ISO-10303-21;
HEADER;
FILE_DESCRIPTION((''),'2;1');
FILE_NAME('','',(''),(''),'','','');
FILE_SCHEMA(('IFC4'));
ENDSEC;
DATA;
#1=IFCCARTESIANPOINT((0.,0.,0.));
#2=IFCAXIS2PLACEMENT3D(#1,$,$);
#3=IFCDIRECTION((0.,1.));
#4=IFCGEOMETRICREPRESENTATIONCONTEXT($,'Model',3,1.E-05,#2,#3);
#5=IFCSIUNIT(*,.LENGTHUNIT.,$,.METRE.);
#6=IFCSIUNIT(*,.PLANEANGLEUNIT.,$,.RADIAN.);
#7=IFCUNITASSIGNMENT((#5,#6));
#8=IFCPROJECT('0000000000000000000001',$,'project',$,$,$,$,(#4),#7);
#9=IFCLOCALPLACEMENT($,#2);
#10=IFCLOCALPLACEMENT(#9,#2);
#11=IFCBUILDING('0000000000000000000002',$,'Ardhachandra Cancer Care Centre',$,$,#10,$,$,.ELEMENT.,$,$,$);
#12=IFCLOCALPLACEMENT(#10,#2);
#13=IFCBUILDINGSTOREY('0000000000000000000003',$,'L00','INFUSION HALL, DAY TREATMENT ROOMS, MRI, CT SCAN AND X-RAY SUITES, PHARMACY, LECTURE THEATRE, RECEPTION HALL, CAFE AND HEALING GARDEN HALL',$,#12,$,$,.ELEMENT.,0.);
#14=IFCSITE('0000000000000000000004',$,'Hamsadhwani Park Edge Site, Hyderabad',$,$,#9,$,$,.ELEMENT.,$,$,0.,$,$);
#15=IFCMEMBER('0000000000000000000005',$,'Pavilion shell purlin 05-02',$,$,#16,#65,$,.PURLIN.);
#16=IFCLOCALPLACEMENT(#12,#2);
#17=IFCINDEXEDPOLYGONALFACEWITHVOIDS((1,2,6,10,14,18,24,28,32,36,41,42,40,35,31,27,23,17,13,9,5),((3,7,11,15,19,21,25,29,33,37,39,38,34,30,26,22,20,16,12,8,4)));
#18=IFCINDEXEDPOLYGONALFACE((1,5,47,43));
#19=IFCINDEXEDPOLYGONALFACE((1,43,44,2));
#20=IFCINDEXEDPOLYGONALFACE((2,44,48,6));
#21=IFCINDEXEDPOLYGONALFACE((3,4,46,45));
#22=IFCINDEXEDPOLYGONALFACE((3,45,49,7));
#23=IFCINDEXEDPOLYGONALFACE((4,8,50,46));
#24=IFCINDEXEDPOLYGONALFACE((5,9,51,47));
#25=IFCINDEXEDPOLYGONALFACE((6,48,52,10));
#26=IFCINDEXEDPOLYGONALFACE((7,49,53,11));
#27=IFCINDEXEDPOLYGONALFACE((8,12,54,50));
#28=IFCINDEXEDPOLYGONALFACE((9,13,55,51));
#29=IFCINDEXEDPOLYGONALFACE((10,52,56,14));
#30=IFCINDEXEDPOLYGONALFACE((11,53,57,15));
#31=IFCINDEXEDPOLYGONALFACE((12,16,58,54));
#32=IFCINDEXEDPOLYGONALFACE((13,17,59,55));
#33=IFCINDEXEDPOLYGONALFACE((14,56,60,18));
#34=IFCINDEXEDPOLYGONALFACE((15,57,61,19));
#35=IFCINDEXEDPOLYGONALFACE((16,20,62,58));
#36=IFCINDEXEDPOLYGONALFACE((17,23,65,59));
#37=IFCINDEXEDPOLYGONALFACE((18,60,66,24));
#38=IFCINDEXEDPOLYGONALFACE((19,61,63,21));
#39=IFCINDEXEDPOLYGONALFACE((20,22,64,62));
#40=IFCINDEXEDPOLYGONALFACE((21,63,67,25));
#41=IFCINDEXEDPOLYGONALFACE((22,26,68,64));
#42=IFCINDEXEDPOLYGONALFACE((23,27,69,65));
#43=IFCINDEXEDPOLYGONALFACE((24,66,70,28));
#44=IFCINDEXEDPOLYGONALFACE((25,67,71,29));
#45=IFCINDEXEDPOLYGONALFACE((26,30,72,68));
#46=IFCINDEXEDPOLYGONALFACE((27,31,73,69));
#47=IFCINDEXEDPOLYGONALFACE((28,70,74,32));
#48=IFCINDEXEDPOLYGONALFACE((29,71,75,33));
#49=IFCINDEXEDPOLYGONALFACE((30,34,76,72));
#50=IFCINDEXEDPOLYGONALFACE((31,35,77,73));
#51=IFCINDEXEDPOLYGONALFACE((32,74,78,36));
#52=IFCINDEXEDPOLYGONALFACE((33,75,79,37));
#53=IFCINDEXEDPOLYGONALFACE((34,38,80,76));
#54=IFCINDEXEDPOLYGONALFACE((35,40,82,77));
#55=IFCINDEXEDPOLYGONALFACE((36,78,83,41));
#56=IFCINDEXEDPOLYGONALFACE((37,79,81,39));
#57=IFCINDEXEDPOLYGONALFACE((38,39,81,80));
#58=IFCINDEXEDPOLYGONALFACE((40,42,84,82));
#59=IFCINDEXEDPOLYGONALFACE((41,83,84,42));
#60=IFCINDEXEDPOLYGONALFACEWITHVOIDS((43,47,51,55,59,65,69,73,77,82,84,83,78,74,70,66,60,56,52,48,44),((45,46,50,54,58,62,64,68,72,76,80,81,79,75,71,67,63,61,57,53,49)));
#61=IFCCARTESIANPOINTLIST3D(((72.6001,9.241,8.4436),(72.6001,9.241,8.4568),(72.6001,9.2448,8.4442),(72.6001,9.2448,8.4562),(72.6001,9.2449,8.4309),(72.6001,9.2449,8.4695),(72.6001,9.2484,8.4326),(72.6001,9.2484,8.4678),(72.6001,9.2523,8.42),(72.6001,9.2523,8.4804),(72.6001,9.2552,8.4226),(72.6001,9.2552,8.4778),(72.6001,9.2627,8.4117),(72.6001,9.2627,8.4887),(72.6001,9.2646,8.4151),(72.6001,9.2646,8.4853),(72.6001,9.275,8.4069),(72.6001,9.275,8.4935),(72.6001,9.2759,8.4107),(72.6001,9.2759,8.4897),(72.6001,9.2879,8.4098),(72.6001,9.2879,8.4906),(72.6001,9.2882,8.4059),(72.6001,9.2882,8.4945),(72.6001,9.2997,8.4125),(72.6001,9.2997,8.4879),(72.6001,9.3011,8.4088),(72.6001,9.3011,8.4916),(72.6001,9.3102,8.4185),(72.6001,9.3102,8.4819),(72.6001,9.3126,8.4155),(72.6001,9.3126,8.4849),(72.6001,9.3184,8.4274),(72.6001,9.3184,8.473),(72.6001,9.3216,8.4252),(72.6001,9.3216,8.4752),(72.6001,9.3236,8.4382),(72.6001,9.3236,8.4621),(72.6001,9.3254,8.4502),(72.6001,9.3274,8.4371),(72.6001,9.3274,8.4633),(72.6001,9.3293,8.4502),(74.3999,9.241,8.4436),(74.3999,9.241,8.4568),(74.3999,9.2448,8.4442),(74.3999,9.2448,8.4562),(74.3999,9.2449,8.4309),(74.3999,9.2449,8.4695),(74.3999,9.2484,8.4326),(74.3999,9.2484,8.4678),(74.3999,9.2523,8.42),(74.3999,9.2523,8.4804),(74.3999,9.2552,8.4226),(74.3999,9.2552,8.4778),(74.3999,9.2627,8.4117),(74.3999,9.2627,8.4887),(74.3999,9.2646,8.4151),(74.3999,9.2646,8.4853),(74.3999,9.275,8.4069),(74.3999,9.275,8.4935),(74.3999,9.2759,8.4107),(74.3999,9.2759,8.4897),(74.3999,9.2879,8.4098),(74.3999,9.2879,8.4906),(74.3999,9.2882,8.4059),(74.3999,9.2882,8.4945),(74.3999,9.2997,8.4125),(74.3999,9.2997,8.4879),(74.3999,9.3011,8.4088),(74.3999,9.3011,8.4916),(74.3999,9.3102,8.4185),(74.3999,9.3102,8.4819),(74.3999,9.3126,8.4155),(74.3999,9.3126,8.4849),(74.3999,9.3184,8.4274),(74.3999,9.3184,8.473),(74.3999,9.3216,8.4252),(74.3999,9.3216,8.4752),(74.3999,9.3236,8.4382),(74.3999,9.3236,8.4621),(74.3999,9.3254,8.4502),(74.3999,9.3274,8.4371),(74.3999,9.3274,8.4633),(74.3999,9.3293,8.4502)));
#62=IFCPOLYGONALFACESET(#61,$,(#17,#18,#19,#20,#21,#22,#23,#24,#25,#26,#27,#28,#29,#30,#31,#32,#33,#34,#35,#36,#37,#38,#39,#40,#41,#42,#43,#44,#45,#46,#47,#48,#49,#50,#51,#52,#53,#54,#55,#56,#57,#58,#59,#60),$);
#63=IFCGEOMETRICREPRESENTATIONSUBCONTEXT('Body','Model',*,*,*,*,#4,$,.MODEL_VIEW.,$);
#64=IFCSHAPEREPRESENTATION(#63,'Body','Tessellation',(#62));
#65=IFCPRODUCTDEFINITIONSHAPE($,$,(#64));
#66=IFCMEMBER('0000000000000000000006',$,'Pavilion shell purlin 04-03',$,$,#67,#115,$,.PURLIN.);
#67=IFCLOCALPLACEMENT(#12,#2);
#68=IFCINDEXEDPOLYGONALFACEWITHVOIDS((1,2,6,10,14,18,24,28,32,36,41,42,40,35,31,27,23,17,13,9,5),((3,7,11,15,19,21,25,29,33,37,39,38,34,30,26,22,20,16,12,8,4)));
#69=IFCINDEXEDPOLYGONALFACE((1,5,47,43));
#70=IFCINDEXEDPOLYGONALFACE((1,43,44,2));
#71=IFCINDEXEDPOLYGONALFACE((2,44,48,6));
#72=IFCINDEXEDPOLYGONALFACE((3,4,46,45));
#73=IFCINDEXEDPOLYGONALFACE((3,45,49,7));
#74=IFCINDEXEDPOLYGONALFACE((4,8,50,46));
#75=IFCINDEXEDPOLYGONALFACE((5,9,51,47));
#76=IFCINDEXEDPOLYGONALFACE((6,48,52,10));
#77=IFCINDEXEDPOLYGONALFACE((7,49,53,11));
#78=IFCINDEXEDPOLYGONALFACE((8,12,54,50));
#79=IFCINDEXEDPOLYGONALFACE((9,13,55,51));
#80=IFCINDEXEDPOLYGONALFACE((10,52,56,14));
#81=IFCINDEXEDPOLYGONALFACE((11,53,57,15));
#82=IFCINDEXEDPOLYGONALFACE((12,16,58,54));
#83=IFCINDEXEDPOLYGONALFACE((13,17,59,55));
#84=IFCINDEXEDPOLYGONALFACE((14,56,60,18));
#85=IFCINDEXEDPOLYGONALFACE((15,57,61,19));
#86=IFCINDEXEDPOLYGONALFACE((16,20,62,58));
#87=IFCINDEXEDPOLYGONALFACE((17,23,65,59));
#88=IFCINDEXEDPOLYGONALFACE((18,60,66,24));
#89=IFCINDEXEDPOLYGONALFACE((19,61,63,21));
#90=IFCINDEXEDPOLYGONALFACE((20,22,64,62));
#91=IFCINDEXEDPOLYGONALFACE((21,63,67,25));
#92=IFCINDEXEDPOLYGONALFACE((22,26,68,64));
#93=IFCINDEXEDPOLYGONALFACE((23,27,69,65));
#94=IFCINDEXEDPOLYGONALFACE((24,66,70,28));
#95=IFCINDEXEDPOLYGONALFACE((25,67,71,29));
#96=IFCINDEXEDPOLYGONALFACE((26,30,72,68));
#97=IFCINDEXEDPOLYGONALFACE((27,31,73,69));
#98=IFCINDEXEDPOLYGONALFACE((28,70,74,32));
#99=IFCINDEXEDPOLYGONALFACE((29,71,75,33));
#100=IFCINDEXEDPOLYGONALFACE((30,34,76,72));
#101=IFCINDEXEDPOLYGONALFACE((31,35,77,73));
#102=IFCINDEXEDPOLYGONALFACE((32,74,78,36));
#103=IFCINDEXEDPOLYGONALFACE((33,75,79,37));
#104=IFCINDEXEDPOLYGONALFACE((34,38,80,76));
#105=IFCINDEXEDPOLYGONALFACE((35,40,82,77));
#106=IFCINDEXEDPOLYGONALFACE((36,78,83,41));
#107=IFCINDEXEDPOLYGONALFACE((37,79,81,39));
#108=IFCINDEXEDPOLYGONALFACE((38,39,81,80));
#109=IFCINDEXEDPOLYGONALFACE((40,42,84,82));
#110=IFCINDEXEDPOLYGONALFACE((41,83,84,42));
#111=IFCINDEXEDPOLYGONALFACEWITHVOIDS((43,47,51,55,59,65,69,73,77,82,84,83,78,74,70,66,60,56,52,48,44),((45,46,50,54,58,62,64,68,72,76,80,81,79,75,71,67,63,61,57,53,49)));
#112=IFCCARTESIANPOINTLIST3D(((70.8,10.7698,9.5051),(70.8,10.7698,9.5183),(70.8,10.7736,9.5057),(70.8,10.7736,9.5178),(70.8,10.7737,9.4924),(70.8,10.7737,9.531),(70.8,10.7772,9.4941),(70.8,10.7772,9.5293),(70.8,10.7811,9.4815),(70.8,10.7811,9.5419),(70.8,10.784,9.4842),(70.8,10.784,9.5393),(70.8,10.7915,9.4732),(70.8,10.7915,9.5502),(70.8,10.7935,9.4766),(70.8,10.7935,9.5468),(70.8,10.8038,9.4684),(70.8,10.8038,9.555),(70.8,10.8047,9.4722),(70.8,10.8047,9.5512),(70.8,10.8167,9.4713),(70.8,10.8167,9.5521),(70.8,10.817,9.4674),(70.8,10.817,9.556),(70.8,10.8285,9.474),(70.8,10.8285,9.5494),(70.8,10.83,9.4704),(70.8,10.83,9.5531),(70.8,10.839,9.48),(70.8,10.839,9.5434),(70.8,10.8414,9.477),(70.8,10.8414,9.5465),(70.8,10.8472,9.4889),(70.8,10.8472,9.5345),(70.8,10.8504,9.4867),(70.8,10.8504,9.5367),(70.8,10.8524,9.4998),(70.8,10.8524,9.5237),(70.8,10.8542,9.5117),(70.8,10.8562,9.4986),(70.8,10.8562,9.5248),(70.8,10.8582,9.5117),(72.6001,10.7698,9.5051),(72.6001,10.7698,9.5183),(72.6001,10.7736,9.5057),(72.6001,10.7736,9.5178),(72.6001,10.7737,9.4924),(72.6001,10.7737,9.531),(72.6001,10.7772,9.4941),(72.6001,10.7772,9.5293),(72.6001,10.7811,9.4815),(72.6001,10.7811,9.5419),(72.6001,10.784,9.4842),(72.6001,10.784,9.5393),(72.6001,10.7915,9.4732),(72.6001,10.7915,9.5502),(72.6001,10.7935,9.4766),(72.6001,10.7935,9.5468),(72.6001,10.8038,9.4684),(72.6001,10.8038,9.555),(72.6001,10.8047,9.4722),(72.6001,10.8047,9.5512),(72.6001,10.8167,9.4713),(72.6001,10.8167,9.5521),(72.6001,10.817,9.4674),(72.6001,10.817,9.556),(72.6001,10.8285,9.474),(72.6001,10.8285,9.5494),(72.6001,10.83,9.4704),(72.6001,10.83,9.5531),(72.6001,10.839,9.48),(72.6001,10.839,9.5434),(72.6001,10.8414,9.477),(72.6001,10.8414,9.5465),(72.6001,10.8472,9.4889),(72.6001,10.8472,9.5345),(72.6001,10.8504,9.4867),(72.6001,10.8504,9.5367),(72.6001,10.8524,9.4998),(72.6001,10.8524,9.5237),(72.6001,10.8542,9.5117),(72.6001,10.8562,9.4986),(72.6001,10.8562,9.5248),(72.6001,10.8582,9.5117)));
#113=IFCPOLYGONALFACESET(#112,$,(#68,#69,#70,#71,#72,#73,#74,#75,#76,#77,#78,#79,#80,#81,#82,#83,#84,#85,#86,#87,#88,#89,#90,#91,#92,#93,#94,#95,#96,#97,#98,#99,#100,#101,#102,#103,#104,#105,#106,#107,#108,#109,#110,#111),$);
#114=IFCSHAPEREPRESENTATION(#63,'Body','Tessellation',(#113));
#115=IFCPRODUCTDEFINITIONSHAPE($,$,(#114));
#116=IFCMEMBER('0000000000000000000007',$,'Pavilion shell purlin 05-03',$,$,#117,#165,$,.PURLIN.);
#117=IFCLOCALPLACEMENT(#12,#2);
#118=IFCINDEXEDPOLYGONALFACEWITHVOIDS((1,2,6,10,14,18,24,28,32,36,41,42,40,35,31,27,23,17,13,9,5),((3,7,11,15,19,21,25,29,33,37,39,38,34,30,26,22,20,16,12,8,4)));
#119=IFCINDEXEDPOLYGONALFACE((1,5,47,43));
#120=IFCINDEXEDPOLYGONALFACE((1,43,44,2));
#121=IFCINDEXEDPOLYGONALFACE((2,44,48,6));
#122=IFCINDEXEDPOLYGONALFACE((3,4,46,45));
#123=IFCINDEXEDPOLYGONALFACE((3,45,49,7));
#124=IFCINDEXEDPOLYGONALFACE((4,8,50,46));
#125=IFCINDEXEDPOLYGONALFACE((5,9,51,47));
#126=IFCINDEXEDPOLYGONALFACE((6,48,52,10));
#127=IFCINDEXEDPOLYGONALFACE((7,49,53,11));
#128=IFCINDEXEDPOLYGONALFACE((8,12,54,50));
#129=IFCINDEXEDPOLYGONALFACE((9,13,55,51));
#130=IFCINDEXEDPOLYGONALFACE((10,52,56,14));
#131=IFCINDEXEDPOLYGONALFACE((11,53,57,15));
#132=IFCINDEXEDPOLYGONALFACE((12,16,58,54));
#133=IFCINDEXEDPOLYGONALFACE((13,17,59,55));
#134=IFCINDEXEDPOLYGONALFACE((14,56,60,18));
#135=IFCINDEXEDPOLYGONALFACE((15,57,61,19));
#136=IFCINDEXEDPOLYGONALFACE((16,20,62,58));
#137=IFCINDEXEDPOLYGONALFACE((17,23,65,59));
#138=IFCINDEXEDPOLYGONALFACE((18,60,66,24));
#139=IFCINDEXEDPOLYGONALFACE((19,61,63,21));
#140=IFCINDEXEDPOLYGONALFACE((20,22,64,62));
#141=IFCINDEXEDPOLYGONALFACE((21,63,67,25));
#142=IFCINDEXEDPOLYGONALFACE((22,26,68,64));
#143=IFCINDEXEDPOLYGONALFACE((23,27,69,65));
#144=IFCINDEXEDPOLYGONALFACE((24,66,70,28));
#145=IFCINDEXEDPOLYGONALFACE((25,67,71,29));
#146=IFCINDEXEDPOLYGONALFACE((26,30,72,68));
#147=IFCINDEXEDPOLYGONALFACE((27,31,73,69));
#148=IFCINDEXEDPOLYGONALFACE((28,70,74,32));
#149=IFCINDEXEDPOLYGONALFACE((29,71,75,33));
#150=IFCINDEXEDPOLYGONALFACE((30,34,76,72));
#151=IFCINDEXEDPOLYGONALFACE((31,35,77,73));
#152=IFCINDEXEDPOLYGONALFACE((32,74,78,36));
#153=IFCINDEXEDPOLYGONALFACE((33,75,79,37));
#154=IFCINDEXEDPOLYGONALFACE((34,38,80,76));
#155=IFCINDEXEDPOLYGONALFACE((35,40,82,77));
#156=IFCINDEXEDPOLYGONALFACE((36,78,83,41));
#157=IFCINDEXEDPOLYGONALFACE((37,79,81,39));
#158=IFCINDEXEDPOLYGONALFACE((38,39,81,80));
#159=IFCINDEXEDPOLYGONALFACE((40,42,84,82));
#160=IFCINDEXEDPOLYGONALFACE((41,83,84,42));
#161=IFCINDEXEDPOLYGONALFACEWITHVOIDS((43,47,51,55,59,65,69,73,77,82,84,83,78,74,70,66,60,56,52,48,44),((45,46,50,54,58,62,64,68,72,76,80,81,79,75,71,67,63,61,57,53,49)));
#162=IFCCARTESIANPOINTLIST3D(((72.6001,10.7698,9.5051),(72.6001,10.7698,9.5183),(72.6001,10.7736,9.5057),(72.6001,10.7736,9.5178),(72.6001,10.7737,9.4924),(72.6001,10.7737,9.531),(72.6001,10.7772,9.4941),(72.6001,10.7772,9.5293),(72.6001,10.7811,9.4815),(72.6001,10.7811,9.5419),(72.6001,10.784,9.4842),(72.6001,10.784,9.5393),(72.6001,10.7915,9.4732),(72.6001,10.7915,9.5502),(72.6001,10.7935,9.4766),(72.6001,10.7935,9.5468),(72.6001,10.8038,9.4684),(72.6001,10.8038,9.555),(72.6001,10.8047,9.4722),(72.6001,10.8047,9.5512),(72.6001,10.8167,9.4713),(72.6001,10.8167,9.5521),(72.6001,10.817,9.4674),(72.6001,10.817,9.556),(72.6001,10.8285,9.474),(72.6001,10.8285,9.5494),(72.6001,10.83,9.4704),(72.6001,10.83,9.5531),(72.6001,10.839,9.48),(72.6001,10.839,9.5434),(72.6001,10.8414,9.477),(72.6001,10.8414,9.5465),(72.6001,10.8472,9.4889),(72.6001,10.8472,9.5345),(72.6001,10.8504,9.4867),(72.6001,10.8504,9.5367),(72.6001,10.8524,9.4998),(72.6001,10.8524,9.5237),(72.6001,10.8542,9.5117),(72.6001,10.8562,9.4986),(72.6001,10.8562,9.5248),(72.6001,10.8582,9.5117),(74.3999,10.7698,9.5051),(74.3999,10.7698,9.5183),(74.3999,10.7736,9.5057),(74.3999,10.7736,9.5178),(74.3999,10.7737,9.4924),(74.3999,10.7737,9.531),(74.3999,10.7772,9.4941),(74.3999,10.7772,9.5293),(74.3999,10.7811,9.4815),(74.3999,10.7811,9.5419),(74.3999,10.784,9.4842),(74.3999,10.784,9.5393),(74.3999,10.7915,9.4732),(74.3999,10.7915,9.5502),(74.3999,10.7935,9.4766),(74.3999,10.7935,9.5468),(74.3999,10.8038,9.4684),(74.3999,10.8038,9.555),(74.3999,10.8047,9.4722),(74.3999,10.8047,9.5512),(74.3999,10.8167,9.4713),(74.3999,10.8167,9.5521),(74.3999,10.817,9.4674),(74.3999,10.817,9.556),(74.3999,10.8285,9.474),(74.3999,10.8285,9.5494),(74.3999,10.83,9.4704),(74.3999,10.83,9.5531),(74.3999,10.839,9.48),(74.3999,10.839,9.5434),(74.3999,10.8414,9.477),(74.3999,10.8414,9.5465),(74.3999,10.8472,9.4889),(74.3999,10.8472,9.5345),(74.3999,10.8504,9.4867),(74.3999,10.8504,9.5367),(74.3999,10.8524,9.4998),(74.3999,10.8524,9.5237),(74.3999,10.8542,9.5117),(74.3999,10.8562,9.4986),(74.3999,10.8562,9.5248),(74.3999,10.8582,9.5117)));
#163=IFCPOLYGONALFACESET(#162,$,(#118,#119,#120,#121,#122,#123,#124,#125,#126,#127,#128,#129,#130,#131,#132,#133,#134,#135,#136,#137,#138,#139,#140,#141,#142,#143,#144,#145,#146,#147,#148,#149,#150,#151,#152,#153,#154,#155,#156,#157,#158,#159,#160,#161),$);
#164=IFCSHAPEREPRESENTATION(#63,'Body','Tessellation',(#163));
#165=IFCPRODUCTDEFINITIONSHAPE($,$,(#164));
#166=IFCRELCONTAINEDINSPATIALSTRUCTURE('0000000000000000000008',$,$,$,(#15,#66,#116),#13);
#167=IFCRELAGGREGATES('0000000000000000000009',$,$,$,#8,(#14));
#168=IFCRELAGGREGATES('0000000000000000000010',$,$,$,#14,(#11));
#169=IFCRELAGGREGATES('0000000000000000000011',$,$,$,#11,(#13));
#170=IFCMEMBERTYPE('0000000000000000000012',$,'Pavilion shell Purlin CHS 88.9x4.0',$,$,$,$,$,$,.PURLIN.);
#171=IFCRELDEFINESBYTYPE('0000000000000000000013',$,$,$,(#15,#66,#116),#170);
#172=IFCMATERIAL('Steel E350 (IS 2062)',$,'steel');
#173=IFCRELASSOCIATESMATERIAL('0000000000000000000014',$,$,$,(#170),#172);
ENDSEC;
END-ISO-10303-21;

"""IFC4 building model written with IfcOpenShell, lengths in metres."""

from ifc_helpers import new_model, si_unit, direction, frame, origin, origin_2d, place, context, subcontext, project, spatial, hollow_circle, extrude, material, material_profile, profile_set, type_object, element, save


model = new_model("IFC4")

# Units and contexts
model_context = context("Model", 3, precision=1e-05, world=origin(), true_north=direction((0.0, 1.0)))
body_context = subcontext(model_context, "Body", "Model", "MODEL_VIEW")
ifc_project = project(units=[si_unit("LENGTHUNIT", "METRE"), si_unit("PLANEANGLEUNIT", "RADIAN")], contexts=[model_context])

# Site, building, storey
site_placement = place(None, origin())
site = spatial("IfcSite", under=ifc_project, at=site_placement, Name="Hamsadhwani Park Edge Site, Hyderabad", CompositionType="ELEMENT", RefElevation=0.0)
building_placement = place(site_placement, origin())
building = spatial("IfcBuilding", under=site, at=building_placement, Name="Ardhachandra Cancer Care Centre", CompositionType="ELEMENT")
storey_placement = place(building_placement, origin())
storey = spatial("IfcBuildingStorey", under=building, at=storey_placement, Name="L00", Description="INFUSION HALL, DAY TREATMENT ROOMS, MRI, CT SCAN AND X-RAY SUITES, PHARMACY, LECTURE THEATRE, RECEPTION HALL, CAFE AND HEALING GARDEN HALL", CompositionType="ELEMENT", Elevation=0.0)

# Members
ifc_material_1 = material(Name="Steel E350 (IS 2062)", Category="steel")
ifc_material_profile_1 = material_profile(ifc_material_1, hollow_circle(Radius=0.0444, WallThickness=0.0039, at=origin_2d()), Name="CHS 88.9x4.0")
ifc_profile_set_1 = profile_set([ifc_material_profile_1], Name="Steel E350 (IS 2062)")
member_type_1 = type_object("IfcMemberType", Name="Pavilion shell Purlin CHS 88.9x4.0", PredefinedType="PURLIN", material=ifc_profile_set_1)
member_1_placement = place(storey_placement, frame((72.6001, 9.2849, 8.4502), z_axis=(1.0, 0.0, 0.0), x_axis=(0.0, 1.0, 0.0)))
element("IfcMember", 1, at=member_1_placement, inside=storey, type_object=member_type_1, Name="Pavilion shell purlin 05-02", PredefinedType="PURLIN", context=body_context, shape_type="SweptSolid", body=[
    extrude(hollow_circle(Radius=0.0444, WallThickness=0.0039, at=origin_2d()), origin(), (0.0, 0.0, 1.0), 1.7998),
])
member_2_placement = place(storey_placement, frame((70.8, 10.8137, 9.5117), z_axis=(1.0, 0.0, 0.0), x_axis=(0.0, 1.0, 0.0)))
element("IfcMember", 2, at=member_2_placement, inside=storey, type_object=member_type_1, Name="Pavilion shell purlin 04-03", PredefinedType="PURLIN", context=body_context, shape_type="SweptSolid", body=[
    extrude(hollow_circle(Radius=0.0444, WallThickness=0.0039, at=origin_2d()), origin(), (0.0, 0.0, 1.0), 1.8),
])
member_3_placement = place(storey_placement, frame((72.6001, 10.8137, 9.5117), z_axis=(1.0, 0.0, 0.0), x_axis=(0.0, 1.0, 0.0)))
element("IfcMember", 3, at=member_3_placement, inside=storey, type_object=member_type_1, Name="Pavilion shell purlin 05-03", PredefinedType="PURLIN", context=body_context, shape_type="SweptSolid", body=[
    extrude(hollow_circle(Radius=0.0444, WallThickness=0.0039, at=origin_2d()), origin(), (0.0, 0.0, 1.0), 1.7998),
])

save(model, "model.ifc")
